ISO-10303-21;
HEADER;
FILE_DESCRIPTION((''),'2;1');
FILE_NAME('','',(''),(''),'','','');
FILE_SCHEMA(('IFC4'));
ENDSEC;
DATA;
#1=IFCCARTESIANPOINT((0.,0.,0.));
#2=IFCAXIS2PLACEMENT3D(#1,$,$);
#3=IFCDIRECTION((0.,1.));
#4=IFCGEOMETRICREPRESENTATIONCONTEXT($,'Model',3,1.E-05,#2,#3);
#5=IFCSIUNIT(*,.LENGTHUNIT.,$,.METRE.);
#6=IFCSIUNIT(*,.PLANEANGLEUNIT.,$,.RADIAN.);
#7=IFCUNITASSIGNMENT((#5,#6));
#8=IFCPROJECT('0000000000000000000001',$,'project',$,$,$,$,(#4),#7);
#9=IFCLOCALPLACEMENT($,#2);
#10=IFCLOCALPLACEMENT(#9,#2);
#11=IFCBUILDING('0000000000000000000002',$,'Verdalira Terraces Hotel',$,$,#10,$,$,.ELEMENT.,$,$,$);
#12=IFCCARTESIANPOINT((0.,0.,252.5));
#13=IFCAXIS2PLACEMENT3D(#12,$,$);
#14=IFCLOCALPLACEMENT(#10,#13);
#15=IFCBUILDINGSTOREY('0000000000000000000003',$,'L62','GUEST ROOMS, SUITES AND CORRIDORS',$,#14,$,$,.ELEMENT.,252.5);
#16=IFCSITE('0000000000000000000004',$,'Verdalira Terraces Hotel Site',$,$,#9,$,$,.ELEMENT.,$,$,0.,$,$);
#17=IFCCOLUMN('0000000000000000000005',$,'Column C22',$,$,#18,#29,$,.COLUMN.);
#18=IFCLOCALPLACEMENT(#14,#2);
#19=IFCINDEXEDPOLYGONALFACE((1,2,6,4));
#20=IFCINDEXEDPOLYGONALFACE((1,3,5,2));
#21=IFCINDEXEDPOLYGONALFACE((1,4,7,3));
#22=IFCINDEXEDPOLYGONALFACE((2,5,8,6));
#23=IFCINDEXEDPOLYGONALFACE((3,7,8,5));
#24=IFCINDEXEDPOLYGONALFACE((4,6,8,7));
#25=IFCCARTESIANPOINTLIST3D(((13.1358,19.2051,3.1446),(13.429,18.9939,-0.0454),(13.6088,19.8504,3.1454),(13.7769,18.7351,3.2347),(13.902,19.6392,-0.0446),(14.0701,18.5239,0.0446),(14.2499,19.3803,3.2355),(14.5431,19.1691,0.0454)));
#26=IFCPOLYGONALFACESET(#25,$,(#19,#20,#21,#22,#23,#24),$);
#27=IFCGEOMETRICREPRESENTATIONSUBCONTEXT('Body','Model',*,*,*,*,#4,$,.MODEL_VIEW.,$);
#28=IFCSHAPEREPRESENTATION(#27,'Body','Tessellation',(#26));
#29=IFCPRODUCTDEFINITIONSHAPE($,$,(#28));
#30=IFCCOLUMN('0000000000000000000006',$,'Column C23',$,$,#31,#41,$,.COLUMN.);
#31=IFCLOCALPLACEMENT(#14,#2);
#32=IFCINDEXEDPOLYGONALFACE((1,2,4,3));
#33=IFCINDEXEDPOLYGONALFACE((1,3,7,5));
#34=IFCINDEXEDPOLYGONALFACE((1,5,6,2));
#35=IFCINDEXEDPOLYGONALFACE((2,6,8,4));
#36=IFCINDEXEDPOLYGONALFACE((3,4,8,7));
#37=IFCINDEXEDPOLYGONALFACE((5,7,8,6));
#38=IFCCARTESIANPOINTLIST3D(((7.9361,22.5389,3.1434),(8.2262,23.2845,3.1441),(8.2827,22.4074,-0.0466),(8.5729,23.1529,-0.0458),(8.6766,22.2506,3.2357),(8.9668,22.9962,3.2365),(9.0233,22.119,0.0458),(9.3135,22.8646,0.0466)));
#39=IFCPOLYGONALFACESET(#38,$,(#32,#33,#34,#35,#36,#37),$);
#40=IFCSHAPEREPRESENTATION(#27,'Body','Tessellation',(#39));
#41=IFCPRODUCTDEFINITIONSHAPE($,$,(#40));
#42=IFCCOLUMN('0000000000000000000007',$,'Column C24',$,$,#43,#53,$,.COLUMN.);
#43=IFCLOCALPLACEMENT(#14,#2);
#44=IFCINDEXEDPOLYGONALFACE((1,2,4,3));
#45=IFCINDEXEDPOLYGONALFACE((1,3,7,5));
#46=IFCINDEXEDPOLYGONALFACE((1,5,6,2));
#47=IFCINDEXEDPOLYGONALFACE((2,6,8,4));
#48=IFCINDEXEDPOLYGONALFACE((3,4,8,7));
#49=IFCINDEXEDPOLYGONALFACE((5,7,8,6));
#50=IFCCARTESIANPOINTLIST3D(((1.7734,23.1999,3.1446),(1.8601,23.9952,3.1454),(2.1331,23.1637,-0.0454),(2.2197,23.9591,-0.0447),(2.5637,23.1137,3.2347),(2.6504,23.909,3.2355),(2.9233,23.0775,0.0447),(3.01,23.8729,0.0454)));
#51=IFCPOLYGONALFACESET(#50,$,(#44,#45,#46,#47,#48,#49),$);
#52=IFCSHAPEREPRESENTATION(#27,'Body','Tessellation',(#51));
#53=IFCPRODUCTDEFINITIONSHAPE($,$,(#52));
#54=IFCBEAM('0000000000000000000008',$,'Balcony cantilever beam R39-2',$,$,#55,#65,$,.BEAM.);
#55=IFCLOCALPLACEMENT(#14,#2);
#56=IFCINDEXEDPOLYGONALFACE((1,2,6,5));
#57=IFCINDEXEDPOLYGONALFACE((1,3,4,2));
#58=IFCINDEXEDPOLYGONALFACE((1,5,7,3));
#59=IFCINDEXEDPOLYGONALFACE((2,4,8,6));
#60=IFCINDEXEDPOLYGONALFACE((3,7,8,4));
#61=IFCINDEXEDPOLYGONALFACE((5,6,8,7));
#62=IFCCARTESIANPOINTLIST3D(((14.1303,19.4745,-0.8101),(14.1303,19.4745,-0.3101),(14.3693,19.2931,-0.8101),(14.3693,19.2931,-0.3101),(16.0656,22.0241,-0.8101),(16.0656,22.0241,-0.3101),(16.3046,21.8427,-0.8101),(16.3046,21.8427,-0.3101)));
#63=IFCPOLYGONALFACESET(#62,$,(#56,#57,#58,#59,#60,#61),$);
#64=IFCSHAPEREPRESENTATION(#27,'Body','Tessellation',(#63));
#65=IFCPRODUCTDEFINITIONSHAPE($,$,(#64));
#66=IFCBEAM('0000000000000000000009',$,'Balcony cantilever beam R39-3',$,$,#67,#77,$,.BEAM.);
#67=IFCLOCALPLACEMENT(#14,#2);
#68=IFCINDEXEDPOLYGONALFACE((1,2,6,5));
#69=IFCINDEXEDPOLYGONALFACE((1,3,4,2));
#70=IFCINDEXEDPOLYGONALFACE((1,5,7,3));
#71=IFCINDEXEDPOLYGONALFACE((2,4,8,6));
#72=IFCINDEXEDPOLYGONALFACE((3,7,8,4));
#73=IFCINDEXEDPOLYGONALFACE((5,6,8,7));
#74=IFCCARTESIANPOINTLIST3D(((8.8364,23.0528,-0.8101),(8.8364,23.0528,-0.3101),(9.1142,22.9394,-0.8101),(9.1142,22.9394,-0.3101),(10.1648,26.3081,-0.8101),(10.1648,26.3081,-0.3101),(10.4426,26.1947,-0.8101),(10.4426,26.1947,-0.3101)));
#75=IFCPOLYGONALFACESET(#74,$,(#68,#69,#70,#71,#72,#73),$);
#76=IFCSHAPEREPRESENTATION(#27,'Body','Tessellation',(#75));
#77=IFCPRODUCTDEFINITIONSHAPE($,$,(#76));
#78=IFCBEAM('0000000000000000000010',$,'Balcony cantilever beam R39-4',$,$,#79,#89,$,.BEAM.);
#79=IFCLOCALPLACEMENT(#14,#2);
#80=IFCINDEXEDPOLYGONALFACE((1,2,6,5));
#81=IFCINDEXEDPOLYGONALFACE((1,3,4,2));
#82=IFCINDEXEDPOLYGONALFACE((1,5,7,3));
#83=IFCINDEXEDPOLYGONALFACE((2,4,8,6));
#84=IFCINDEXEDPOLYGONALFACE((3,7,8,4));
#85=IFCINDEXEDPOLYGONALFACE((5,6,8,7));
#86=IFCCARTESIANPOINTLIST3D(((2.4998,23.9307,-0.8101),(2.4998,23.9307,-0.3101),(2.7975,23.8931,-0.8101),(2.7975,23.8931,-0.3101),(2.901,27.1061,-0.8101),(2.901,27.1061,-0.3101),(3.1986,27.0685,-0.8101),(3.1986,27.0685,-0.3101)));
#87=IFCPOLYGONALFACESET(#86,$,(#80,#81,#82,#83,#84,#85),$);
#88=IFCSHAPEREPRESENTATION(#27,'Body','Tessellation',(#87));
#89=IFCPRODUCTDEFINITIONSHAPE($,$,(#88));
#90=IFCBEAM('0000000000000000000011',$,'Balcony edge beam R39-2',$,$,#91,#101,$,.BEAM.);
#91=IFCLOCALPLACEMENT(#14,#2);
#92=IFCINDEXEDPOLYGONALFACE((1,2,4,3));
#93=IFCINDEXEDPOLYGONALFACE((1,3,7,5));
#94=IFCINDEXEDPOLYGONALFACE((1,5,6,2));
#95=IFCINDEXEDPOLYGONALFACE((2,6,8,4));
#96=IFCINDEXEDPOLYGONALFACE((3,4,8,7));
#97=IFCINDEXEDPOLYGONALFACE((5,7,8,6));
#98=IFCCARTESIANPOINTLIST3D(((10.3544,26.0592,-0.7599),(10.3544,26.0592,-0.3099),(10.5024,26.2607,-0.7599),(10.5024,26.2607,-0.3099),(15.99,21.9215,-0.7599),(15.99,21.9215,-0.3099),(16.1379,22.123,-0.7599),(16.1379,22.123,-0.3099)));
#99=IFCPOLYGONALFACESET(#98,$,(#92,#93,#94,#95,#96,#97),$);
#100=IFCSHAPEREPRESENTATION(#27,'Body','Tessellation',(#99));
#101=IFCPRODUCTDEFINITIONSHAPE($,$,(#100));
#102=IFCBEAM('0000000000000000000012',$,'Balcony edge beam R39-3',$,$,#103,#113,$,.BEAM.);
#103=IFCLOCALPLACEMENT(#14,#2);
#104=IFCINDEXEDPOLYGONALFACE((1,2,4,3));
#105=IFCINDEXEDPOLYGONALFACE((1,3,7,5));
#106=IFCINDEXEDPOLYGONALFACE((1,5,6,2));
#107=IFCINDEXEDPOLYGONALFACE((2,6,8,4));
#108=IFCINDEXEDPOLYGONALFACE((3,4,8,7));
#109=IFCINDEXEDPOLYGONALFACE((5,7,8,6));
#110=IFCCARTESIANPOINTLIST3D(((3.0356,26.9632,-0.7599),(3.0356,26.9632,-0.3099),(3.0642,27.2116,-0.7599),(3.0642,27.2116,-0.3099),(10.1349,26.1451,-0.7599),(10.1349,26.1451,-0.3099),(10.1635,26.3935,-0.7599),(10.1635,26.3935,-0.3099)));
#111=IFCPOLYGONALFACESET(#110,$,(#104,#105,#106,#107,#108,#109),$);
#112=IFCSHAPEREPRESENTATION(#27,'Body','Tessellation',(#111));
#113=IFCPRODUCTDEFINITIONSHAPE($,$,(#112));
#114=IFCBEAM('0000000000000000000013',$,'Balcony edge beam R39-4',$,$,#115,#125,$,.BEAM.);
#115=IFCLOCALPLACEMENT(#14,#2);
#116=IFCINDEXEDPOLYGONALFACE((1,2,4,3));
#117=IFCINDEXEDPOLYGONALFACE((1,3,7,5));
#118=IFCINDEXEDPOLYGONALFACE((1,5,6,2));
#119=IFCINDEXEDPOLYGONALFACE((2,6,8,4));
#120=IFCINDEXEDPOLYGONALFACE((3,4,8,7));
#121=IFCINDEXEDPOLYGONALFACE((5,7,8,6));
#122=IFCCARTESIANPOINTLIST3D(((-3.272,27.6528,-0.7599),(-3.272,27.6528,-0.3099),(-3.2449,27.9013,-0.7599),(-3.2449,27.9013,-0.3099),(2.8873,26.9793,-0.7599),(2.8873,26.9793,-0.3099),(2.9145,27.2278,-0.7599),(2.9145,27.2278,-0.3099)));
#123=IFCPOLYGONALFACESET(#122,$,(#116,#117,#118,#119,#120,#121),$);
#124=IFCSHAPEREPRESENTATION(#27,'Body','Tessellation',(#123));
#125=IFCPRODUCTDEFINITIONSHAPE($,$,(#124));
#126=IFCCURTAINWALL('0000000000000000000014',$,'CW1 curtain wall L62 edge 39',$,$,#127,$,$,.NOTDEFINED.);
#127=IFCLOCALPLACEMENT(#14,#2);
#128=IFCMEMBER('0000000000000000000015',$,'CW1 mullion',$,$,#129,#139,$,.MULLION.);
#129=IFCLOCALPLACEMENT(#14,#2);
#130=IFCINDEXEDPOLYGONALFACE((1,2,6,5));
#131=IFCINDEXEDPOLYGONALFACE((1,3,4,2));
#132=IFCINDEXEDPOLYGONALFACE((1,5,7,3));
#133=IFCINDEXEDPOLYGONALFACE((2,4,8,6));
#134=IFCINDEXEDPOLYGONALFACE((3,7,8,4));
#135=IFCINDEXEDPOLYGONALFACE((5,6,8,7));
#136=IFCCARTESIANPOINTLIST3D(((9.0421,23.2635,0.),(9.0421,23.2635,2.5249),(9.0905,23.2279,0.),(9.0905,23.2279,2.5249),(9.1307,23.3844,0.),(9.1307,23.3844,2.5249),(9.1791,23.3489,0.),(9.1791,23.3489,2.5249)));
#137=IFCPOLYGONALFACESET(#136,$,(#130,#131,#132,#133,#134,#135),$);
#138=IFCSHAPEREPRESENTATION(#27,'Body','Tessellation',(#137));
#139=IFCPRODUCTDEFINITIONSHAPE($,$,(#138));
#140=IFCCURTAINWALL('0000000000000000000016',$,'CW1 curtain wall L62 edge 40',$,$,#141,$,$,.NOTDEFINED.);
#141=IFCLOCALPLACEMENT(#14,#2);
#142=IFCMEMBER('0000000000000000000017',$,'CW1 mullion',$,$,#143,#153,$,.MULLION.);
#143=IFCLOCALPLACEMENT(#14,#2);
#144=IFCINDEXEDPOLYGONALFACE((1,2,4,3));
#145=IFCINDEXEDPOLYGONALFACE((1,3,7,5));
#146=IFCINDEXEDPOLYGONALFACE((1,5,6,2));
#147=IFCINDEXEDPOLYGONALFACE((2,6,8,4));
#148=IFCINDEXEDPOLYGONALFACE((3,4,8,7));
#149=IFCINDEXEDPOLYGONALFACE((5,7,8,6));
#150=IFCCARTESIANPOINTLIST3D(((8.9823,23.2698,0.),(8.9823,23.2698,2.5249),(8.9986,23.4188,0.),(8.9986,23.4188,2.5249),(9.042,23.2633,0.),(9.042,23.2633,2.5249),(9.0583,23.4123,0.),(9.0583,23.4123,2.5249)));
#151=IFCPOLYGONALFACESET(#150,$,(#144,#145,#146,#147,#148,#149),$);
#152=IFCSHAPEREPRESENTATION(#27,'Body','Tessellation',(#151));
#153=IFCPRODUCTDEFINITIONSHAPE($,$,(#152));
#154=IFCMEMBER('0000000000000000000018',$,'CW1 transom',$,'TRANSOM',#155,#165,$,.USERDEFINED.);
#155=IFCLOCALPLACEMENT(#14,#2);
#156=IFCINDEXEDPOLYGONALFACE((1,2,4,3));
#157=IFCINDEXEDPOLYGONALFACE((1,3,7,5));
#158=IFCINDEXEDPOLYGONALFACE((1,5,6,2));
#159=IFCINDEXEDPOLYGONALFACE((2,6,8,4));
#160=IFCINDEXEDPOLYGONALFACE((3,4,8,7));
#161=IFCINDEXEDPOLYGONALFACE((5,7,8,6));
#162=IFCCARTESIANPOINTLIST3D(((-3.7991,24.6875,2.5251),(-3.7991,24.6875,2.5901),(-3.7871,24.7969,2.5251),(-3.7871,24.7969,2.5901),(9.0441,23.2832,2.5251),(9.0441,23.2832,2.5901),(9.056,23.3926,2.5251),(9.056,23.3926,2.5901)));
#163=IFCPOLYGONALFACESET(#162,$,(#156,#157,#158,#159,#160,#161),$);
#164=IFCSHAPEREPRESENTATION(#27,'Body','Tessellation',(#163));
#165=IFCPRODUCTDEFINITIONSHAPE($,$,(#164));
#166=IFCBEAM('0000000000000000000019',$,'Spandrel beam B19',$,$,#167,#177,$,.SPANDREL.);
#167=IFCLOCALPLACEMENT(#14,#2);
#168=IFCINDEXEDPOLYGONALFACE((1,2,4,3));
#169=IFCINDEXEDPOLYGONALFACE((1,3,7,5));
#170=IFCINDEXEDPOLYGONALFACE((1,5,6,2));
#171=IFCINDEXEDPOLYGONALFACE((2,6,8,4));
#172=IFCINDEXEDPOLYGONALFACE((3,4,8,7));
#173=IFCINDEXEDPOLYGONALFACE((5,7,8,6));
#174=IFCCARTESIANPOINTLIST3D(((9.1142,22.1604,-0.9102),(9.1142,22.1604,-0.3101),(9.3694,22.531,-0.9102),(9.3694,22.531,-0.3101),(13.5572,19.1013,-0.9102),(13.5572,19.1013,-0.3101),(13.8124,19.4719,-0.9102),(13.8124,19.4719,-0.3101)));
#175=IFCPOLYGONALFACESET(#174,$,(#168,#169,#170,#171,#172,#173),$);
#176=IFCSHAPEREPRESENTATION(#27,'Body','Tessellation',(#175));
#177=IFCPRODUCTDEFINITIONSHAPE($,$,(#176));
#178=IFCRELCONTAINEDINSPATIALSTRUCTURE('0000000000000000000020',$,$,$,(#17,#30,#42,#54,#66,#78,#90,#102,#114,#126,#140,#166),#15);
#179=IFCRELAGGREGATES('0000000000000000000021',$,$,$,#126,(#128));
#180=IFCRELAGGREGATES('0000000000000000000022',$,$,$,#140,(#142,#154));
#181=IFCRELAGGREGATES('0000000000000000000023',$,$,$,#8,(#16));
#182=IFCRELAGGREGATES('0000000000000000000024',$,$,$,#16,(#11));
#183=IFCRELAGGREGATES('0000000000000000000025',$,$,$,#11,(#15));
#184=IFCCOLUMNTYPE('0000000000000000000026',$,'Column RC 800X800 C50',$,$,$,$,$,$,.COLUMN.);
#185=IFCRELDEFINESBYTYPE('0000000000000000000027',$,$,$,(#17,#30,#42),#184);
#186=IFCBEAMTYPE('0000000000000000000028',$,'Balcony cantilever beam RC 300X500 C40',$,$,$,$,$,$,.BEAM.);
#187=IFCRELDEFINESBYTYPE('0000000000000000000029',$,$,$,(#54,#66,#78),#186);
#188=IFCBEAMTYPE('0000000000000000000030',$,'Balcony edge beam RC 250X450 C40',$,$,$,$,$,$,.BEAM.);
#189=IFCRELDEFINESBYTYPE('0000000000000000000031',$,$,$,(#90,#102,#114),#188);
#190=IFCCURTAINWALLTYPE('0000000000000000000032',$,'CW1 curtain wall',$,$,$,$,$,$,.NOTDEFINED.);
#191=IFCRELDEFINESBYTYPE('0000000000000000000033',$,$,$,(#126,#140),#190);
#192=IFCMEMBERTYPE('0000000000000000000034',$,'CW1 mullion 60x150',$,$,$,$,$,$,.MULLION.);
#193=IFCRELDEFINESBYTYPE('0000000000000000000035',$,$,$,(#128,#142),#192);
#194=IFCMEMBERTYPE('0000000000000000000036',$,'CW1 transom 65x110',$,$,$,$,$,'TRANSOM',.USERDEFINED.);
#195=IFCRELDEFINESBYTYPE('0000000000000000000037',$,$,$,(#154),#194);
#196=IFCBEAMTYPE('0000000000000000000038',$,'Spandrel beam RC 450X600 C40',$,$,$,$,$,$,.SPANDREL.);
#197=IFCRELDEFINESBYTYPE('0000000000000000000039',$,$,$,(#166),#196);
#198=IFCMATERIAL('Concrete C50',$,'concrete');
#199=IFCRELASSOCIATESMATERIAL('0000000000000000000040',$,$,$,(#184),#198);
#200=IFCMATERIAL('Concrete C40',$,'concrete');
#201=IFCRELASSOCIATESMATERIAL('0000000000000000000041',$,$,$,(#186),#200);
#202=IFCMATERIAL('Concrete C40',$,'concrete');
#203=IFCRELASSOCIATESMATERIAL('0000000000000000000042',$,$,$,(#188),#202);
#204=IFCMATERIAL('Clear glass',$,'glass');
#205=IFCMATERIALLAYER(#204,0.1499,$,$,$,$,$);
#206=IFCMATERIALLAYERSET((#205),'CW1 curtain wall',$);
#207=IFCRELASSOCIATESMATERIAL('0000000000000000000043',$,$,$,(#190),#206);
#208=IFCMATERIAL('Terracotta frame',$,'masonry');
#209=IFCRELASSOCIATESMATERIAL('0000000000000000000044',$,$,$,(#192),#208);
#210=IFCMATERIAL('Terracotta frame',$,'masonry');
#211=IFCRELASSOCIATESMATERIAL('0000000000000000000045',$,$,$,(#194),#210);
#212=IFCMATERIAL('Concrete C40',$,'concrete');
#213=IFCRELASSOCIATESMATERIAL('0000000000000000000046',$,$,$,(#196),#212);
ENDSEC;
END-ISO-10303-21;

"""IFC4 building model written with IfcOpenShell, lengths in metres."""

from ifc_helpers import new_model, si_unit, direction, frame, origin, origin_2d, place, context, subcontext, project, spatial, rectangle, extrude, material, layer, layer_set, material_profile, profile_set, type_object, element, aggregate, save


model = new_model("IFC4")

# Units and contexts
model_context = context("Model", 3, precision=1e-05, world=origin(), true_north=direction((0.0, 1.0)))
body_context = subcontext(model_context, "Body", "Model", "MODEL_VIEW")
ifc_project = project(units=[si_unit("LENGTHUNIT", "METRE"), si_unit("PLANEANGLEUNIT", "RADIAN")], contexts=[model_context])

# Site, building, storey
site_placement = place(None, origin())
site = spatial("IfcSite", under=ifc_project, at=site_placement, Name="Verdalira Terraces Hotel Site", CompositionType="ELEMENT", RefElevation=0.0)
building_placement = place(site_placement, origin())
building = spatial("IfcBuilding", under=site, at=building_placement, Name="Verdalira Terraces Hotel", CompositionType="ELEMENT")
storey_placement = place(building_placement, frame((0.0, 0.0, 252.5)))
storey = spatial("IfcBuildingStorey", under=building, at=storey_placement, Name="L62", Description="GUEST ROOMS, SUITES AND CORRIDORS", CompositionType="ELEMENT", Elevation=252.5)

# Columns
ifc_material_1 = material(Name="Concrete C50", Category="concrete")
ifc_material_profile_1 = material_profile(ifc_material_1, rectangle(XDim=0.8, YDim=0.8, at=origin_2d()), Name="RC 800X800")
ifc_profile_set_1 = profile_set([ifc_material_profile_1], Name="Concrete C50")
column_type = type_object("IfcColumnType", Name="Column RC 800X800 C50", PredefinedType="COLUMN", material=ifc_profile_set_1)
column_1_placement = place(storey_placement, frame((13.9861, 19.0815, 0.0), z_axis=(-0.091334, 0.065782, 0.993645), x_axis=(-0.801332, 0.587537, -0.112553)))
element("IfcColumn", 1, at=column_1_placement, inside=storey, type_object=column_type, Name="Column C22", PredefinedType="COLUMN", context=body_context, shape_type="SweptSolid", body=[
    extrude(rectangle(XDim=0.8, YDim=0.8, at=origin_2d()), origin(), (0.0, 0.0, 1.0), 3.2104),
])
column_2_placement = place(storey_placement, frame((8.7981, 22.636, 0.0), z_axis=(-0.107952, 0.040976, 0.993311), x_axis=(0.925636, -0.360371, 0.115463)))
element("IfcColumn", 2, at=column_2_placement, inside=storey, type_object=column_type, Name="Column C23", PredefinedType="COLUMN", context=body_context, shape_type="SweptSolid", body=[
    extrude(rectangle(XDim=0.8, YDim=0.8, at=origin_2d()), origin(), (0.0, 0.0, 1.0), 3.2114),
])
column_3_placement = place(storey_placement, frame((2.5715, 23.5183, 0.0), z_axis=(-0.112019, 0.011255, 0.993642), x_axis=(-0.987786, 0.107722, -0.112579)))
element("IfcColumn", 3, at=column_3_placement, inside=storey, type_object=column_type, Name="Column C24", PredefinedType="COLUMN", context=body_context, shape_type="SweptSolid", body=[
    extrude(rectangle(XDim=0.8, YDim=0.8, at=origin_2d()), origin(), (0.0, 0.0, 1.0), 3.2104),
])

# Beams
ifc_material_2 = material(Name="Concrete C40", Category="concrete")
ifc_material_profile_2 = material_profile(ifc_material_2, rectangle(XDim=0.3, YDim=0.5, at=origin_2d()), Name="RC 300X500")
ifc_profile_set_2 = profile_set([ifc_material_profile_2], Name="Concrete C40")
beam_type_1 = type_object("IfcBeamType", Name="Balcony cantilever beam RC 300X500 C40", PredefinedType="BEAM", material=ifc_profile_set_2)
beam_1_placement = place(storey_placement, frame((14.2498, 19.3838, -0.5601), z_axis=(0.604615, 0.796518, 0.0), x_axis=(-0.796518, 0.604615, 0.0)))
element("IfcBeam", 4, at=beam_1_placement, inside=storey, type_object=beam_type_1, Name="Balcony cantilever beam R39-2", PredefinedType="BEAM", context=body_context, shape_type="SweptSolid", body=[
    extrude(rectangle(XDim=0.3, YDim=0.5, at=origin_2d()), origin(), (0.0, 0.0, 1.0), 3.2009),
])
beam_2_placement = place(storey_placement, frame((8.9753, 22.9961, -0.5601), z_axis=(0.377811, 0.925883, 0.0), x_axis=(-0.925883, 0.377811, 0.0)))
element("IfcBeam", 5, at=beam_2_placement, inside=storey, type_object=beam_type_1, Name="Balcony cantilever beam R39-3", PredefinedType="BEAM", context=body_context, shape_type="SweptSolid", body=[
    extrude(rectangle(XDim=0.3, YDim=0.5, at=origin_2d()), origin(), (0.0, 0.0, 1.0), 3.5159),
])
beam_3_placement = place(storey_placement, frame((2.6487, 23.9119, -0.5601), z_axis=(0.125321, 0.992116, 0.0), x_axis=(-0.992116, 0.125321, 0.0)))
element("IfcBeam", 6, at=beam_3_placement, inside=storey, type_object=beam_type_1, Name="Balcony cantilever beam R39-4", PredefinedType="BEAM", context=body_context, shape_type="SweptSolid", body=[
    extrude(rectangle(XDim=0.3, YDim=0.5, at=origin_2d()), origin(), (0.0, 0.0, 1.0), 3.2007),
])
ifc_material_3 = material(Name="Concrete C40", Category="concrete")
ifc_material_profile_3 = material_profile(ifc_material_3, rectangle(XDim=0.25, YDim=0.45, at=origin_2d()), Name="RC 250X450")
ifc_profile_set_3 = profile_set([ifc_material_profile_3], Name="Concrete C40")
beam_type_2 = type_object("IfcBeamType", Name="Balcony edge beam RC 250X450 C40", PredefinedType="BEAM", material=ifc_profile_set_3)
beam_4_placement = place(storey_placement, frame((16.064, 22.0222, -0.5349), z_axis=(-0.806064, 0.591828, 0.0), x_axis=(-0.591828, -0.806064, 0.0)))
element("IfcBeam", 7, at=beam_4_placement, inside=storey, type_object=beam_type_2, Name="Balcony edge beam R39-2", PredefinedType="BEAM", context=body_context, shape_type="SweptSolid", body=[
    extrude(rectangle(XDim=0.25, YDim=0.45, at=origin_2d()), origin(), (0.0, 0.0, 1.0), 6.9915),
])
beam_5_placement = place(storey_placement, frame((10.1492, 26.2693, -0.5349), z_axis=(-0.993426, 0.11448, 0.0), x_axis=(-0.11448, -0.993426, 0.0)))
element("IfcBeam", 8, at=beam_5_placement, inside=storey, type_object=beam_type_2, Name="Balcony edge beam R39-3", PredefinedType="BEAM", context=body_context, shape_type="SweptSolid", body=[
    extrude(rectangle(XDim=0.25, YDim=0.45, at=origin_2d()), origin(), (0.0, 0.0, 1.0), 7.1462),
])
beam_6_placement = place(storey_placement, frame((2.9009, 27.1035, -0.5349), z_axis=(-0.994073, 0.10871, 0.0), x_axis=(-0.10871, -0.994073, 0.0)))
element("IfcBeam", 9, at=beam_6_placement, inside=storey, type_object=beam_type_2, Name="Balcony edge beam R39-4", PredefinedType="BEAM", context=body_context, shape_type="SweptSolid", body=[
    extrude(rectangle(XDim=0.25, YDim=0.45, at=origin_2d()), origin(), (0.0, 0.0, 1.0), 6.196),
])

# Curtain wall, member
ifc_material_4 = material(Name="Clear glass", Category="glass")
ifc_layer_1 = layer(ifc_material_4, 0.1499)
ifc_layer_set_1 = layer_set([ifc_layer_1], Name="CW1 curtain wall")
curtain_wall_type = type_object("IfcCurtainWallType", Name="CW1 curtain wall", PredefinedType="NOTDEFINED", material=ifc_layer_set_1)
curtain_wall_1_placement = place(storey_placement, origin())
curtain_wall_1 = element("IfcCurtainWall", 10, at=curtain_wall_1_placement, inside=storey, type_object=curtain_wall_type, Name="CW1 curtain wall L62 edge 39", PredefinedType="NOTDEFINED")
ifc_material_5 = material(Name="Terracotta frame", Category="masonry")
ifc_material_profile_4 = material_profile(ifc_material_5, rectangle(XDim=0.0601, YDim=0.1499, at=origin_2d()), Name="MU 60x150")
ifc_profile_set_4 = profile_set([ifc_material_profile_4], Name="Terracotta frame")
member_type_1 = type_object("IfcMemberType", Name="CW1 mullion 60x150", PredefinedType="MULLION", material=ifc_profile_set_4)
member_1_placement = place(storey_placement, frame((9.1106, 23.3062, 0.0), z_axis=(0.0, 0.0, 1.0), x_axis=(-0.806548, 0.591169, 0.0)))
member_1 = element("IfcMember", 11, at=member_1_placement, type_object=member_type_1, Name="CW1 mullion", PredefinedType="MULLION", context=body_context, shape_type="SweptSolid", body=[
    extrude(rectangle(XDim=0.0601, YDim=0.1499, at=origin_2d()), origin(), (0.0, 0.0, 1.0), 2.5249),
])

# Curtain wall, members
curtain_wall_2_placement = place(storey_placement, origin())
curtain_wall_2 = element("IfcCurtainWall", 12, at=curtain_wall_2_placement, inside=storey, type_object=curtain_wall_type, Name="CW1 curtain wall L62 edge 40", PredefinedType="NOTDEFINED")
member_2_placement = place(storey_placement, frame((9.0203, 23.3411, 0.0), z_axis=(0.0, 0.0, 1.0), x_axis=(-0.994075, 0.108693, 0.0)))
member_2 = element("IfcMember", 13, at=member_2_placement, type_object=member_type_1, Name="CW1 mullion", PredefinedType="MULLION", context=body_context, shape_type="SweptSolid", body=[
    extrude(rectangle(XDim=0.0601, YDim=0.1499, at=origin_2d()), origin(), (0.0, 0.0, 1.0), 2.5249),
])
ifc_material_6 = material(Name="Terracotta frame", Category="masonry")
ifc_material_profile_5 = material_profile(ifc_material_6, rectangle(XDim=0.1101, YDim=0.0649, at=origin_2d()), Name="TR 65x110")
ifc_profile_set_5 = profile_set([ifc_material_profile_5], Name="Terracotta frame")
member_type_2 = type_object("IfcMemberType", Name="CW1 transom 65x110", ElementType="TRANSOM", PredefinedType="USERDEFINED", material=ifc_profile_set_5)
member_3_placement = place(storey_placement, frame((9.05, 23.3379, 2.5576), z_axis=(-0.994075, 0.108695, 0.0), x_axis=(-0.108695, -0.994075, 0.0)))
member_3 = element("IfcMember", 14, at=member_3_placement, type_object=member_type_2, Name="CW1 transom", ObjectType="TRANSOM", PredefinedType="USERDEFINED", context=body_context, shape_type="SweptSolid", body=[
    extrude(rectangle(XDim=0.1101, YDim=0.0649, at=origin_2d()), origin(), (0.0, 0.0, 1.0), 12.9197),
])

# Beam
ifc_material_7 = material(Name="Concrete C40", Category="concrete")
ifc_material_profile_6 = material_profile(ifc_material_7, rectangle(XDim=0.45, YDim=0.6001, at=origin_2d()), Name="RC 450X600")
ifc_profile_set_6 = profile_set([ifc_material_profile_6], Name="Concrete C40")
beam_type_3 = type_object("IfcBeamType", Name="Spandrel beam RC 450X600 C40", PredefinedType="SPANDREL", material=ifc_profile_set_6)
beam_7_placement = place(storey_placement, frame((13.6848, 19.2866, -0.6101), z_axis=(-0.823657, 0.567088, 0.0), x_axis=(-0.567088, -0.823657, 0.0)))
element("IfcBeam", 15, at=beam_7_placement, inside=storey, type_object=beam_type_3, Name="Spandrel beam B19", PredefinedType="SPANDREL", context=body_context, shape_type="SweptSolid", body=[
    extrude(rectangle(XDim=0.45, YDim=0.6001, at=origin_2d()), origin(), (0.0, 0.0, 1.0), 5.3943),
])

aggregate(curtain_wall_1, [member_1])
aggregate(curtain_wall_2, [member_2, member_3])

save(model, "model.ifc")
